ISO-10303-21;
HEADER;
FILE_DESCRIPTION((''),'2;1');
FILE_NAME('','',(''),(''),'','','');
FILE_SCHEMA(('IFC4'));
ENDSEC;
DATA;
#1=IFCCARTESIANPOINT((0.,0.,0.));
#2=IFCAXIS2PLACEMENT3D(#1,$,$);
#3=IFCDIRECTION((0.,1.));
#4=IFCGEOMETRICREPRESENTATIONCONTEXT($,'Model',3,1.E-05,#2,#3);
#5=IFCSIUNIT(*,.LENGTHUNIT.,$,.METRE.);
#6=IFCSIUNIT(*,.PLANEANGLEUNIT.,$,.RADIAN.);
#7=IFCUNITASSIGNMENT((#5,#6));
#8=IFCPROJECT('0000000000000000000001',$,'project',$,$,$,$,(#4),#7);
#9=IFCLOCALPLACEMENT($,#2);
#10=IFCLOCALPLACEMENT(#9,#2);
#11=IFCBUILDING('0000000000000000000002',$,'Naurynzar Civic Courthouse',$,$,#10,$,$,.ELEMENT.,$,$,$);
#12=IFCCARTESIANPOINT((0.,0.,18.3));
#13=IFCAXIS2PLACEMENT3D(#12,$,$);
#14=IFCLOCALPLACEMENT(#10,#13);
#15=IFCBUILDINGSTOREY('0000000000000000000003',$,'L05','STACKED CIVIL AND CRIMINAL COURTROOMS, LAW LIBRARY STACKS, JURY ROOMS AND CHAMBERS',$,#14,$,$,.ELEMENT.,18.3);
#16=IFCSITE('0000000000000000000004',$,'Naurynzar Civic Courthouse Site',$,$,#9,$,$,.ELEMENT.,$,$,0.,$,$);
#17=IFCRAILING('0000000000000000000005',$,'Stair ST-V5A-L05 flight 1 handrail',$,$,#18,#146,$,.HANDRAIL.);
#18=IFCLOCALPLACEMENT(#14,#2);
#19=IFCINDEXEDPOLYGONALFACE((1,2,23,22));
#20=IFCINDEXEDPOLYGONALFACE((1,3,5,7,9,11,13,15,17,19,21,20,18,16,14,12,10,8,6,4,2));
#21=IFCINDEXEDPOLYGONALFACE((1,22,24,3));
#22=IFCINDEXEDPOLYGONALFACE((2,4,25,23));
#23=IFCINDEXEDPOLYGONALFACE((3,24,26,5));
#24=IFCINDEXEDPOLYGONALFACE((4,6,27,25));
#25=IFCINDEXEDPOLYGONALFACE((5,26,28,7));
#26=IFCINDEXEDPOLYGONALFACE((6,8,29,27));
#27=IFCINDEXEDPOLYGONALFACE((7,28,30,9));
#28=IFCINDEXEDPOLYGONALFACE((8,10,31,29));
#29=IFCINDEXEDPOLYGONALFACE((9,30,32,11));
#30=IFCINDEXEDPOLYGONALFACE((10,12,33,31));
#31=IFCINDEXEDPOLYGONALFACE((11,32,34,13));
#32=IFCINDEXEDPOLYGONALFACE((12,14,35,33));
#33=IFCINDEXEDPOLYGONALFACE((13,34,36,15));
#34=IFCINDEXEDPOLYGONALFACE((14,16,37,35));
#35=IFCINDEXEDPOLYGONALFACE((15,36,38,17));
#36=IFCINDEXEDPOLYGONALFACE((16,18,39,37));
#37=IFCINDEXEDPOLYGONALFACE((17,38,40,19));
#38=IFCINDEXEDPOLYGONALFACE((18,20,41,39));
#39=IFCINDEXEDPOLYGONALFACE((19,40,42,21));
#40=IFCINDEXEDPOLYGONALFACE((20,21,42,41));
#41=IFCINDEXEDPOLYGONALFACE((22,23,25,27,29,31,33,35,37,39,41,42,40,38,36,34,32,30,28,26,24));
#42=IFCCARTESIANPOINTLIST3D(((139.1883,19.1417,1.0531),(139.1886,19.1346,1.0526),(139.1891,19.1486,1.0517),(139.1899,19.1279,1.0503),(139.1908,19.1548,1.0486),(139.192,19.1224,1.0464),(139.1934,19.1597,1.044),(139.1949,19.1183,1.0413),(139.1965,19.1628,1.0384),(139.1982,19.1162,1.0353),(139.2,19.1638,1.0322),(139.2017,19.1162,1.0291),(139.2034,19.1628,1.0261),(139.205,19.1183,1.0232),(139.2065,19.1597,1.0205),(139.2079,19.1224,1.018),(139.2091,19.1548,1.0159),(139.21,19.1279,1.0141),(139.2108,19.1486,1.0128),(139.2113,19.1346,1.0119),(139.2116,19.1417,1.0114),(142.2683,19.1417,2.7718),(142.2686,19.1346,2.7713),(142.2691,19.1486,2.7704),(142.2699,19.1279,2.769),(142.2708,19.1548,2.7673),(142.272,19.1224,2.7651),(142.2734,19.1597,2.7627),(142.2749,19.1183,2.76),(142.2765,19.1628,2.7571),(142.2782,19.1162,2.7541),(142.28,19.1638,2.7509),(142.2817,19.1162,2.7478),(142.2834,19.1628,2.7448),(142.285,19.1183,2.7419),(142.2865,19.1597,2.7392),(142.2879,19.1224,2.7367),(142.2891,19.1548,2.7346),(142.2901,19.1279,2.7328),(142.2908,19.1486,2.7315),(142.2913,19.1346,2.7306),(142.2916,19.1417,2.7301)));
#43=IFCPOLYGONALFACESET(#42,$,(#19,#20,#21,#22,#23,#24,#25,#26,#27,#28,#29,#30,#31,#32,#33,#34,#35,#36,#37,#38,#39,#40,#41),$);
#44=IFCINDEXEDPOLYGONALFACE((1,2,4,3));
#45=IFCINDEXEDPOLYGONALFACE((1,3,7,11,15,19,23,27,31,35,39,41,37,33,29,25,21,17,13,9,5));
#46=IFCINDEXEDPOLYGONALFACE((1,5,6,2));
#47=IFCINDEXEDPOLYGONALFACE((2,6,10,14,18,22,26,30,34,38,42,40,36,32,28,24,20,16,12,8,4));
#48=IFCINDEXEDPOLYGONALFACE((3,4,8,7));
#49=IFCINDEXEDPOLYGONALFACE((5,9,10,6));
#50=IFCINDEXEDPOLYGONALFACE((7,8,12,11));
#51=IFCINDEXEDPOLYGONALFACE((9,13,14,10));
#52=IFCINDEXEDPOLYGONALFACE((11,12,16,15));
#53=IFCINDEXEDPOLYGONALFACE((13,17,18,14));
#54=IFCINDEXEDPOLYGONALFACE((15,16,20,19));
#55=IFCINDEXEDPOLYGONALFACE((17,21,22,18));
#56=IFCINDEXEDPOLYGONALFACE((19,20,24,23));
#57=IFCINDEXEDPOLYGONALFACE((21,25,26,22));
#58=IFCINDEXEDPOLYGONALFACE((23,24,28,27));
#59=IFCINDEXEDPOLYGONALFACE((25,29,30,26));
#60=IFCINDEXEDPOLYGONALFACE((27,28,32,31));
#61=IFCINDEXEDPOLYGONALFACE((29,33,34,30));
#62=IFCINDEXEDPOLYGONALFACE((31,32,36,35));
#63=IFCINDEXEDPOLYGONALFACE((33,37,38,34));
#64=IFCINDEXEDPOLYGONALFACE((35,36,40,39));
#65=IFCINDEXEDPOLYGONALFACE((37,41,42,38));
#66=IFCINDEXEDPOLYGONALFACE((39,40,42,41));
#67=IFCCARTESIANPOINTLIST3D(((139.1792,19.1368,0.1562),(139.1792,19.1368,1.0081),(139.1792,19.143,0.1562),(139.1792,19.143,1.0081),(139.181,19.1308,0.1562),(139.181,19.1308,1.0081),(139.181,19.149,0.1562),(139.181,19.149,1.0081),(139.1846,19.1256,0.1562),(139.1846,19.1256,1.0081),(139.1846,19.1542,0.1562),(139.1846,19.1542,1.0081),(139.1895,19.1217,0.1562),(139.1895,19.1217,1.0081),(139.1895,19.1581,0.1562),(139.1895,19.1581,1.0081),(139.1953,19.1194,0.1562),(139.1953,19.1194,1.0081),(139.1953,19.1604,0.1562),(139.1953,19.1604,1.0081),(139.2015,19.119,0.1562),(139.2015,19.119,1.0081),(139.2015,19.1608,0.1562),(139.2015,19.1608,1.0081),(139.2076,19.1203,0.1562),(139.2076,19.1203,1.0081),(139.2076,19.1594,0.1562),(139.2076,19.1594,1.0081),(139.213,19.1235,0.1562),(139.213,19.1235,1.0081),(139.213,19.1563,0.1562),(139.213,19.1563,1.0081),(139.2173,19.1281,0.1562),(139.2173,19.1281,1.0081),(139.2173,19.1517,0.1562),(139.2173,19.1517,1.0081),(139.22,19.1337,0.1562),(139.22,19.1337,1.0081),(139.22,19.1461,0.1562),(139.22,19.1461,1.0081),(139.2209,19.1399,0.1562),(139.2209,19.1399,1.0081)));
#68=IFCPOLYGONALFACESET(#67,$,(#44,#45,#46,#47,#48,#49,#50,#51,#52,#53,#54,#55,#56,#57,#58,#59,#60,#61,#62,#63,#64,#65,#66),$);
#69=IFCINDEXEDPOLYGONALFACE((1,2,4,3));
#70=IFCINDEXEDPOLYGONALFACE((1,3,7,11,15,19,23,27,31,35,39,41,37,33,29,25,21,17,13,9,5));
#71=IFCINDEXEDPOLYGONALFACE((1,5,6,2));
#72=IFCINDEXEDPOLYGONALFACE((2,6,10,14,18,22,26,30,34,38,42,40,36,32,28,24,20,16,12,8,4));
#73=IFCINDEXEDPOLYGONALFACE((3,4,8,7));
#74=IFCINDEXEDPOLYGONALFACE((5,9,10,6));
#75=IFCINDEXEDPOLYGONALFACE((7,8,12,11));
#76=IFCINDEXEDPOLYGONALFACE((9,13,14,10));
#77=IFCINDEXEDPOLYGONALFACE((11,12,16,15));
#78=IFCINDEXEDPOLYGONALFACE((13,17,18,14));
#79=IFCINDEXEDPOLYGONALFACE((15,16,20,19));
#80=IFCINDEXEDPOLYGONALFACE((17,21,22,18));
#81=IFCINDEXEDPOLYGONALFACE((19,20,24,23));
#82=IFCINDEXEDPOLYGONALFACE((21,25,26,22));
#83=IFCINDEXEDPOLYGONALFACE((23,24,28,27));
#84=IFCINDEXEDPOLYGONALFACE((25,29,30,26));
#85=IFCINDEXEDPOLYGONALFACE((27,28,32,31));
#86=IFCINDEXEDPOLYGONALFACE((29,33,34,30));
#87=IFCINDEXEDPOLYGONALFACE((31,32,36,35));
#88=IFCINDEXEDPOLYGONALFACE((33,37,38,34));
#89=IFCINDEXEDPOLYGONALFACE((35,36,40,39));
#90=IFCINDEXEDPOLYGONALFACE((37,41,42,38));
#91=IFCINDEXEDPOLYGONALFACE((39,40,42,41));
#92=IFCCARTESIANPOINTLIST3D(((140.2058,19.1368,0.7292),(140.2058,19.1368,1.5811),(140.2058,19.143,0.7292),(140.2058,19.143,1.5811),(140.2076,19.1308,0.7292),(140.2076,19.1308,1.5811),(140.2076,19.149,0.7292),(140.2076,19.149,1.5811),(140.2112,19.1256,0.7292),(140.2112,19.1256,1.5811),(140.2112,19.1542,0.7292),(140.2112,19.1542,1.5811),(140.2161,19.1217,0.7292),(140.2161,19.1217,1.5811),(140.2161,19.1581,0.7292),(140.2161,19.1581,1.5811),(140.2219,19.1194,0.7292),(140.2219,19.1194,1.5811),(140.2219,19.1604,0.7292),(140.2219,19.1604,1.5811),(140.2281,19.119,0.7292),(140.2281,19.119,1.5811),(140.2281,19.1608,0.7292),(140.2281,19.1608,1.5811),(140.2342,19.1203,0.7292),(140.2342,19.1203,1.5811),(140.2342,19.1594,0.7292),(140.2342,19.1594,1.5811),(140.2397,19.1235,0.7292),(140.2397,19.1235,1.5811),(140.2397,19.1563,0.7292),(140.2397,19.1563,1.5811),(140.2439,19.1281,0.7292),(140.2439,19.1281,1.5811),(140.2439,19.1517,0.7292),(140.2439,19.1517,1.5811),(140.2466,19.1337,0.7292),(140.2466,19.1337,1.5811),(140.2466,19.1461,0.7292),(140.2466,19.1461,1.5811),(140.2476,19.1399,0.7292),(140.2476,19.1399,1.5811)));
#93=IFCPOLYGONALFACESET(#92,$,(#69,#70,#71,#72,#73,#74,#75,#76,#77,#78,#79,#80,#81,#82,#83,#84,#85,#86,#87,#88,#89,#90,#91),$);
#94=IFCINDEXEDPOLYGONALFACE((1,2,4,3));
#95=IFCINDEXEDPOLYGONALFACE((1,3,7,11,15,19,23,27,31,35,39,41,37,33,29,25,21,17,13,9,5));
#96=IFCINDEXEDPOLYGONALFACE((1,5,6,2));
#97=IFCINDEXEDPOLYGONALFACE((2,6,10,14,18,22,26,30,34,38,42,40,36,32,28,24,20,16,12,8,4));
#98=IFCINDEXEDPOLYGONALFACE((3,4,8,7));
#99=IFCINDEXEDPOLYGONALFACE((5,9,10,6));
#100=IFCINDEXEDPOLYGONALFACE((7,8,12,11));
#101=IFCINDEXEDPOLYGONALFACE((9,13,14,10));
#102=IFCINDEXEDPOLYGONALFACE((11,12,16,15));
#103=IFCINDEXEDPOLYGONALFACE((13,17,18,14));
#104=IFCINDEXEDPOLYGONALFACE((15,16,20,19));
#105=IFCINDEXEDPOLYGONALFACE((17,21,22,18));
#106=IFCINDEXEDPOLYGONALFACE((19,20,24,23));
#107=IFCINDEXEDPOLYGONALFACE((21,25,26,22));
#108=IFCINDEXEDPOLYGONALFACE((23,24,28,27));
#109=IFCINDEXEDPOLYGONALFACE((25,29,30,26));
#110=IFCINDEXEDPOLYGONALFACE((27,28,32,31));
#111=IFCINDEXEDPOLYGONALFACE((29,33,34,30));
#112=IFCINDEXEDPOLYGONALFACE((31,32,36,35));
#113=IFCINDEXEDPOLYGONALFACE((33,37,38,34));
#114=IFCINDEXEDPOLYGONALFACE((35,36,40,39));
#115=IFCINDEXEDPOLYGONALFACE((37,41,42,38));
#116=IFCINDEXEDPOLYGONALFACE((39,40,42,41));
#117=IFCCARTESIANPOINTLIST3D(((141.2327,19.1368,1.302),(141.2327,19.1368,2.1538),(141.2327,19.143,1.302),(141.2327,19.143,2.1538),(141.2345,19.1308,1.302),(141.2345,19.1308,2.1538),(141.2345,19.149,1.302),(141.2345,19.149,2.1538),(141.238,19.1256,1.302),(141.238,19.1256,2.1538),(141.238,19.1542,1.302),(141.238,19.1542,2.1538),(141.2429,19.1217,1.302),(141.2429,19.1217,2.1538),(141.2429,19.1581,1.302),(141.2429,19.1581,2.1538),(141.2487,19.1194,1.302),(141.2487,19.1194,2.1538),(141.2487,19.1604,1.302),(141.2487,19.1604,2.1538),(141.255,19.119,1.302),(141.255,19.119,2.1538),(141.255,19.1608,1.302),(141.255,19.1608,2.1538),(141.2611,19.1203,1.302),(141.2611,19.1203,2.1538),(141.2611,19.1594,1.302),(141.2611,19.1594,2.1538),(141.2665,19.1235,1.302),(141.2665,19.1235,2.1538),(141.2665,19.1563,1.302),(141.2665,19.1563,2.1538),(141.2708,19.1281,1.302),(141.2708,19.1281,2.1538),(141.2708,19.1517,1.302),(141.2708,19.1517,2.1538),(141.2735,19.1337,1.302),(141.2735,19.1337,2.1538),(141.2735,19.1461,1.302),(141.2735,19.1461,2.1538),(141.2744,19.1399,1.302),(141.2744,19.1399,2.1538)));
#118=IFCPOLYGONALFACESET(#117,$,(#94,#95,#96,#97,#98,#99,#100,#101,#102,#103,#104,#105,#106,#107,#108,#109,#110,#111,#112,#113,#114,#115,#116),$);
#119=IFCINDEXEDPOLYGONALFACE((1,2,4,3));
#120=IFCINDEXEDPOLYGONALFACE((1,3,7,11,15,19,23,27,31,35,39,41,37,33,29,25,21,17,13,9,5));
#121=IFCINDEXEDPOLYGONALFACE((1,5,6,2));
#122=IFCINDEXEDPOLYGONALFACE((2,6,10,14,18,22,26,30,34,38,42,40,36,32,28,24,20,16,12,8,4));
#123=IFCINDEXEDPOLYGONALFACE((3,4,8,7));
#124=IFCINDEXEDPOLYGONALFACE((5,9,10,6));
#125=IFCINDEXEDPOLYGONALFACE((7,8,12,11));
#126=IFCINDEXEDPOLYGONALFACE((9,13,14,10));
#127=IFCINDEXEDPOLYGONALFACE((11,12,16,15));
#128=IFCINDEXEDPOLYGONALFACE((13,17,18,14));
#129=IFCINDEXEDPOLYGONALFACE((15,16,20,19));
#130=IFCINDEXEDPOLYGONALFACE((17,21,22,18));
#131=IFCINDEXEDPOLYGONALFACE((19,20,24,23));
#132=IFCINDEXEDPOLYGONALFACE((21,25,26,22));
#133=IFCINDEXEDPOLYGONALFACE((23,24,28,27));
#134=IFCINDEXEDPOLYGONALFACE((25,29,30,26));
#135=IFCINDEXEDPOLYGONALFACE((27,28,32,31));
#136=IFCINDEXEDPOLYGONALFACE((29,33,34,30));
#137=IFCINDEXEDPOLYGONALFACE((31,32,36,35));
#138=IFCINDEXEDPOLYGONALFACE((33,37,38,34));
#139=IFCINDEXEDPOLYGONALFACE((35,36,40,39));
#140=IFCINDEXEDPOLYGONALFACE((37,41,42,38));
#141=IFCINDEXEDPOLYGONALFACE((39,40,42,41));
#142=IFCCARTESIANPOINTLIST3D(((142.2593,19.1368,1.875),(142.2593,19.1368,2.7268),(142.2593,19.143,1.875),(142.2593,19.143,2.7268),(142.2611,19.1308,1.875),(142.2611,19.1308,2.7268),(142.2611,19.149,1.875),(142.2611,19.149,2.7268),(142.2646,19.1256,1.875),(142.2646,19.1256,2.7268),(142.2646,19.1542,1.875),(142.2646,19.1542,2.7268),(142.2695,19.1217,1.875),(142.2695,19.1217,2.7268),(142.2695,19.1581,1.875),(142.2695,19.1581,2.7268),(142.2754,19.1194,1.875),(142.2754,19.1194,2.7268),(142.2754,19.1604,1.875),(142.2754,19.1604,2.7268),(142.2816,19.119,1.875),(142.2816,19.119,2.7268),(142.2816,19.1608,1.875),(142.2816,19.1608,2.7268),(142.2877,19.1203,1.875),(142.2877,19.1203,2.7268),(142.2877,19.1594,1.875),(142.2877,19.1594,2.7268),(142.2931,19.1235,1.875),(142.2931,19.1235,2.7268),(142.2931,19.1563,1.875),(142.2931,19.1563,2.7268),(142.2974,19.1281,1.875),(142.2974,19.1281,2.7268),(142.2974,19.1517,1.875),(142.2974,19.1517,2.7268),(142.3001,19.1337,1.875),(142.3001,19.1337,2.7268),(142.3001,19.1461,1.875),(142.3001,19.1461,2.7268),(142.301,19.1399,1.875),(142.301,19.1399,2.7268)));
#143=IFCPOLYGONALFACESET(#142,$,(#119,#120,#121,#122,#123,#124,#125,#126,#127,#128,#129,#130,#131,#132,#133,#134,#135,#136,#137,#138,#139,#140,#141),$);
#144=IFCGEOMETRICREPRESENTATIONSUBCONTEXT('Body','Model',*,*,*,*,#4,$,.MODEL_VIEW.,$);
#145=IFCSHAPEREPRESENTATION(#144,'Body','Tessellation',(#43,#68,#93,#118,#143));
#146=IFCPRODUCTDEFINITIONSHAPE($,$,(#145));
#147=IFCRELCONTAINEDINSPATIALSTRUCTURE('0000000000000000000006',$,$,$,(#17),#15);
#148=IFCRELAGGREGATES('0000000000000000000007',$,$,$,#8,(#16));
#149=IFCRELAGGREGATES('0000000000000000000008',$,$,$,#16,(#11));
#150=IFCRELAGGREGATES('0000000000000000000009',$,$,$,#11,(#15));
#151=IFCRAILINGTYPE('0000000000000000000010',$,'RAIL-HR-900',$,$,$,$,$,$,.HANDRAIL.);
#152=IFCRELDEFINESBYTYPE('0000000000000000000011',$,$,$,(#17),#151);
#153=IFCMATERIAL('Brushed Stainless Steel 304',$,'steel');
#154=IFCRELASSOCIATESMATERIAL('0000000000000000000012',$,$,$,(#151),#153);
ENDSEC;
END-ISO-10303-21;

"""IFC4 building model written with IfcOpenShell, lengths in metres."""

from ifc_helpers import new_model, si_unit, direction, frame, origin, origin_2d, place, context, subcontext, project, spatial, circle, extrude, material, type_object, element, save


model = new_model("IFC4")

# Units and contexts
model_context = context("Model", 3, precision=1e-05, world=origin(), true_north=direction((0.0, 1.0)))
body_context = subcontext(model_context, "Body", "Model", "MODEL_VIEW")
ifc_project = project(units=[si_unit("LENGTHUNIT", "METRE"), si_unit("PLANEANGLEUNIT", "RADIAN")], contexts=[model_context])

# Site, building, storey
site_placement = place(None, origin())
site = spatial("IfcSite", under=ifc_project, at=site_placement, Name="Naurynzar Civic Courthouse Site", CompositionType="ELEMENT", RefElevation=0.0)
building_placement = place(site_placement, origin())
building = spatial("IfcBuilding", under=site, at=building_placement, Name="Naurynzar Civic Courthouse", CompositionType="ELEMENT")
storey_placement = place(building_placement, frame((0.0, 0.0, 18.3)))
storey = spatial("IfcBuildingStorey", under=building, at=storey_placement, Name="L05", Description="STACKED CIVIL AND CRIMINAL COURTROOMS, LAW LIBRARY STACKS, JURY ROOMS AND CHAMBERS", CompositionType="ELEMENT", Elevation=18.3)

# Railing
ifc_material_1 = material(Name="Brushed Stainless Steel 304", Category="steel")
railing_type_1 = type_object("IfcRailingType", Name="RAIL-HR-900", PredefinedType="HANDRAIL", material=ifc_material_1)
railing_1_placement = place(storey_placement, frame((139.2, 19.1399, 0.1562)))
element("IfcRailing", 1, at=railing_1_placement, inside=storey, type_object=railing_type_1, Name="Stair ST-V5A-L05 flight 1 handrail", PredefinedType="HANDRAIL", context=body_context, shape_type="SweptSolid", body=[
    extrude(circle(Radius=0.0239, at=origin_2d()), frame((0.0, 0.0, 0.876), z_axis=(0.873242, 0.0, 0.487288), x_axis=(0.0, 1.0, 0.0)), (0.0, 0.0, 1.0), 3.5271),
    extrude(circle(Radius=0.021, at=origin_2d()), origin(), (0.0, 0.0, 1.0), 0.8518),
    extrude(circle(Radius=0.021, at=origin_2d()), frame((1.0266, 0.0, 0.573)), (0.0, 0.0, 1.0), 0.8518),
    extrude(circle(Radius=0.021, at=origin_2d()), frame((2.0535, 0.0, 1.1458)), (0.0, 0.0, 1.0), 0.8518),
    extrude(circle(Radius=0.021, at=origin_2d()), frame((3.0801, 0.0, 1.7188)), (0.0, 0.0, 1.0), 0.8518),
])

save(model, "model.ifc")
